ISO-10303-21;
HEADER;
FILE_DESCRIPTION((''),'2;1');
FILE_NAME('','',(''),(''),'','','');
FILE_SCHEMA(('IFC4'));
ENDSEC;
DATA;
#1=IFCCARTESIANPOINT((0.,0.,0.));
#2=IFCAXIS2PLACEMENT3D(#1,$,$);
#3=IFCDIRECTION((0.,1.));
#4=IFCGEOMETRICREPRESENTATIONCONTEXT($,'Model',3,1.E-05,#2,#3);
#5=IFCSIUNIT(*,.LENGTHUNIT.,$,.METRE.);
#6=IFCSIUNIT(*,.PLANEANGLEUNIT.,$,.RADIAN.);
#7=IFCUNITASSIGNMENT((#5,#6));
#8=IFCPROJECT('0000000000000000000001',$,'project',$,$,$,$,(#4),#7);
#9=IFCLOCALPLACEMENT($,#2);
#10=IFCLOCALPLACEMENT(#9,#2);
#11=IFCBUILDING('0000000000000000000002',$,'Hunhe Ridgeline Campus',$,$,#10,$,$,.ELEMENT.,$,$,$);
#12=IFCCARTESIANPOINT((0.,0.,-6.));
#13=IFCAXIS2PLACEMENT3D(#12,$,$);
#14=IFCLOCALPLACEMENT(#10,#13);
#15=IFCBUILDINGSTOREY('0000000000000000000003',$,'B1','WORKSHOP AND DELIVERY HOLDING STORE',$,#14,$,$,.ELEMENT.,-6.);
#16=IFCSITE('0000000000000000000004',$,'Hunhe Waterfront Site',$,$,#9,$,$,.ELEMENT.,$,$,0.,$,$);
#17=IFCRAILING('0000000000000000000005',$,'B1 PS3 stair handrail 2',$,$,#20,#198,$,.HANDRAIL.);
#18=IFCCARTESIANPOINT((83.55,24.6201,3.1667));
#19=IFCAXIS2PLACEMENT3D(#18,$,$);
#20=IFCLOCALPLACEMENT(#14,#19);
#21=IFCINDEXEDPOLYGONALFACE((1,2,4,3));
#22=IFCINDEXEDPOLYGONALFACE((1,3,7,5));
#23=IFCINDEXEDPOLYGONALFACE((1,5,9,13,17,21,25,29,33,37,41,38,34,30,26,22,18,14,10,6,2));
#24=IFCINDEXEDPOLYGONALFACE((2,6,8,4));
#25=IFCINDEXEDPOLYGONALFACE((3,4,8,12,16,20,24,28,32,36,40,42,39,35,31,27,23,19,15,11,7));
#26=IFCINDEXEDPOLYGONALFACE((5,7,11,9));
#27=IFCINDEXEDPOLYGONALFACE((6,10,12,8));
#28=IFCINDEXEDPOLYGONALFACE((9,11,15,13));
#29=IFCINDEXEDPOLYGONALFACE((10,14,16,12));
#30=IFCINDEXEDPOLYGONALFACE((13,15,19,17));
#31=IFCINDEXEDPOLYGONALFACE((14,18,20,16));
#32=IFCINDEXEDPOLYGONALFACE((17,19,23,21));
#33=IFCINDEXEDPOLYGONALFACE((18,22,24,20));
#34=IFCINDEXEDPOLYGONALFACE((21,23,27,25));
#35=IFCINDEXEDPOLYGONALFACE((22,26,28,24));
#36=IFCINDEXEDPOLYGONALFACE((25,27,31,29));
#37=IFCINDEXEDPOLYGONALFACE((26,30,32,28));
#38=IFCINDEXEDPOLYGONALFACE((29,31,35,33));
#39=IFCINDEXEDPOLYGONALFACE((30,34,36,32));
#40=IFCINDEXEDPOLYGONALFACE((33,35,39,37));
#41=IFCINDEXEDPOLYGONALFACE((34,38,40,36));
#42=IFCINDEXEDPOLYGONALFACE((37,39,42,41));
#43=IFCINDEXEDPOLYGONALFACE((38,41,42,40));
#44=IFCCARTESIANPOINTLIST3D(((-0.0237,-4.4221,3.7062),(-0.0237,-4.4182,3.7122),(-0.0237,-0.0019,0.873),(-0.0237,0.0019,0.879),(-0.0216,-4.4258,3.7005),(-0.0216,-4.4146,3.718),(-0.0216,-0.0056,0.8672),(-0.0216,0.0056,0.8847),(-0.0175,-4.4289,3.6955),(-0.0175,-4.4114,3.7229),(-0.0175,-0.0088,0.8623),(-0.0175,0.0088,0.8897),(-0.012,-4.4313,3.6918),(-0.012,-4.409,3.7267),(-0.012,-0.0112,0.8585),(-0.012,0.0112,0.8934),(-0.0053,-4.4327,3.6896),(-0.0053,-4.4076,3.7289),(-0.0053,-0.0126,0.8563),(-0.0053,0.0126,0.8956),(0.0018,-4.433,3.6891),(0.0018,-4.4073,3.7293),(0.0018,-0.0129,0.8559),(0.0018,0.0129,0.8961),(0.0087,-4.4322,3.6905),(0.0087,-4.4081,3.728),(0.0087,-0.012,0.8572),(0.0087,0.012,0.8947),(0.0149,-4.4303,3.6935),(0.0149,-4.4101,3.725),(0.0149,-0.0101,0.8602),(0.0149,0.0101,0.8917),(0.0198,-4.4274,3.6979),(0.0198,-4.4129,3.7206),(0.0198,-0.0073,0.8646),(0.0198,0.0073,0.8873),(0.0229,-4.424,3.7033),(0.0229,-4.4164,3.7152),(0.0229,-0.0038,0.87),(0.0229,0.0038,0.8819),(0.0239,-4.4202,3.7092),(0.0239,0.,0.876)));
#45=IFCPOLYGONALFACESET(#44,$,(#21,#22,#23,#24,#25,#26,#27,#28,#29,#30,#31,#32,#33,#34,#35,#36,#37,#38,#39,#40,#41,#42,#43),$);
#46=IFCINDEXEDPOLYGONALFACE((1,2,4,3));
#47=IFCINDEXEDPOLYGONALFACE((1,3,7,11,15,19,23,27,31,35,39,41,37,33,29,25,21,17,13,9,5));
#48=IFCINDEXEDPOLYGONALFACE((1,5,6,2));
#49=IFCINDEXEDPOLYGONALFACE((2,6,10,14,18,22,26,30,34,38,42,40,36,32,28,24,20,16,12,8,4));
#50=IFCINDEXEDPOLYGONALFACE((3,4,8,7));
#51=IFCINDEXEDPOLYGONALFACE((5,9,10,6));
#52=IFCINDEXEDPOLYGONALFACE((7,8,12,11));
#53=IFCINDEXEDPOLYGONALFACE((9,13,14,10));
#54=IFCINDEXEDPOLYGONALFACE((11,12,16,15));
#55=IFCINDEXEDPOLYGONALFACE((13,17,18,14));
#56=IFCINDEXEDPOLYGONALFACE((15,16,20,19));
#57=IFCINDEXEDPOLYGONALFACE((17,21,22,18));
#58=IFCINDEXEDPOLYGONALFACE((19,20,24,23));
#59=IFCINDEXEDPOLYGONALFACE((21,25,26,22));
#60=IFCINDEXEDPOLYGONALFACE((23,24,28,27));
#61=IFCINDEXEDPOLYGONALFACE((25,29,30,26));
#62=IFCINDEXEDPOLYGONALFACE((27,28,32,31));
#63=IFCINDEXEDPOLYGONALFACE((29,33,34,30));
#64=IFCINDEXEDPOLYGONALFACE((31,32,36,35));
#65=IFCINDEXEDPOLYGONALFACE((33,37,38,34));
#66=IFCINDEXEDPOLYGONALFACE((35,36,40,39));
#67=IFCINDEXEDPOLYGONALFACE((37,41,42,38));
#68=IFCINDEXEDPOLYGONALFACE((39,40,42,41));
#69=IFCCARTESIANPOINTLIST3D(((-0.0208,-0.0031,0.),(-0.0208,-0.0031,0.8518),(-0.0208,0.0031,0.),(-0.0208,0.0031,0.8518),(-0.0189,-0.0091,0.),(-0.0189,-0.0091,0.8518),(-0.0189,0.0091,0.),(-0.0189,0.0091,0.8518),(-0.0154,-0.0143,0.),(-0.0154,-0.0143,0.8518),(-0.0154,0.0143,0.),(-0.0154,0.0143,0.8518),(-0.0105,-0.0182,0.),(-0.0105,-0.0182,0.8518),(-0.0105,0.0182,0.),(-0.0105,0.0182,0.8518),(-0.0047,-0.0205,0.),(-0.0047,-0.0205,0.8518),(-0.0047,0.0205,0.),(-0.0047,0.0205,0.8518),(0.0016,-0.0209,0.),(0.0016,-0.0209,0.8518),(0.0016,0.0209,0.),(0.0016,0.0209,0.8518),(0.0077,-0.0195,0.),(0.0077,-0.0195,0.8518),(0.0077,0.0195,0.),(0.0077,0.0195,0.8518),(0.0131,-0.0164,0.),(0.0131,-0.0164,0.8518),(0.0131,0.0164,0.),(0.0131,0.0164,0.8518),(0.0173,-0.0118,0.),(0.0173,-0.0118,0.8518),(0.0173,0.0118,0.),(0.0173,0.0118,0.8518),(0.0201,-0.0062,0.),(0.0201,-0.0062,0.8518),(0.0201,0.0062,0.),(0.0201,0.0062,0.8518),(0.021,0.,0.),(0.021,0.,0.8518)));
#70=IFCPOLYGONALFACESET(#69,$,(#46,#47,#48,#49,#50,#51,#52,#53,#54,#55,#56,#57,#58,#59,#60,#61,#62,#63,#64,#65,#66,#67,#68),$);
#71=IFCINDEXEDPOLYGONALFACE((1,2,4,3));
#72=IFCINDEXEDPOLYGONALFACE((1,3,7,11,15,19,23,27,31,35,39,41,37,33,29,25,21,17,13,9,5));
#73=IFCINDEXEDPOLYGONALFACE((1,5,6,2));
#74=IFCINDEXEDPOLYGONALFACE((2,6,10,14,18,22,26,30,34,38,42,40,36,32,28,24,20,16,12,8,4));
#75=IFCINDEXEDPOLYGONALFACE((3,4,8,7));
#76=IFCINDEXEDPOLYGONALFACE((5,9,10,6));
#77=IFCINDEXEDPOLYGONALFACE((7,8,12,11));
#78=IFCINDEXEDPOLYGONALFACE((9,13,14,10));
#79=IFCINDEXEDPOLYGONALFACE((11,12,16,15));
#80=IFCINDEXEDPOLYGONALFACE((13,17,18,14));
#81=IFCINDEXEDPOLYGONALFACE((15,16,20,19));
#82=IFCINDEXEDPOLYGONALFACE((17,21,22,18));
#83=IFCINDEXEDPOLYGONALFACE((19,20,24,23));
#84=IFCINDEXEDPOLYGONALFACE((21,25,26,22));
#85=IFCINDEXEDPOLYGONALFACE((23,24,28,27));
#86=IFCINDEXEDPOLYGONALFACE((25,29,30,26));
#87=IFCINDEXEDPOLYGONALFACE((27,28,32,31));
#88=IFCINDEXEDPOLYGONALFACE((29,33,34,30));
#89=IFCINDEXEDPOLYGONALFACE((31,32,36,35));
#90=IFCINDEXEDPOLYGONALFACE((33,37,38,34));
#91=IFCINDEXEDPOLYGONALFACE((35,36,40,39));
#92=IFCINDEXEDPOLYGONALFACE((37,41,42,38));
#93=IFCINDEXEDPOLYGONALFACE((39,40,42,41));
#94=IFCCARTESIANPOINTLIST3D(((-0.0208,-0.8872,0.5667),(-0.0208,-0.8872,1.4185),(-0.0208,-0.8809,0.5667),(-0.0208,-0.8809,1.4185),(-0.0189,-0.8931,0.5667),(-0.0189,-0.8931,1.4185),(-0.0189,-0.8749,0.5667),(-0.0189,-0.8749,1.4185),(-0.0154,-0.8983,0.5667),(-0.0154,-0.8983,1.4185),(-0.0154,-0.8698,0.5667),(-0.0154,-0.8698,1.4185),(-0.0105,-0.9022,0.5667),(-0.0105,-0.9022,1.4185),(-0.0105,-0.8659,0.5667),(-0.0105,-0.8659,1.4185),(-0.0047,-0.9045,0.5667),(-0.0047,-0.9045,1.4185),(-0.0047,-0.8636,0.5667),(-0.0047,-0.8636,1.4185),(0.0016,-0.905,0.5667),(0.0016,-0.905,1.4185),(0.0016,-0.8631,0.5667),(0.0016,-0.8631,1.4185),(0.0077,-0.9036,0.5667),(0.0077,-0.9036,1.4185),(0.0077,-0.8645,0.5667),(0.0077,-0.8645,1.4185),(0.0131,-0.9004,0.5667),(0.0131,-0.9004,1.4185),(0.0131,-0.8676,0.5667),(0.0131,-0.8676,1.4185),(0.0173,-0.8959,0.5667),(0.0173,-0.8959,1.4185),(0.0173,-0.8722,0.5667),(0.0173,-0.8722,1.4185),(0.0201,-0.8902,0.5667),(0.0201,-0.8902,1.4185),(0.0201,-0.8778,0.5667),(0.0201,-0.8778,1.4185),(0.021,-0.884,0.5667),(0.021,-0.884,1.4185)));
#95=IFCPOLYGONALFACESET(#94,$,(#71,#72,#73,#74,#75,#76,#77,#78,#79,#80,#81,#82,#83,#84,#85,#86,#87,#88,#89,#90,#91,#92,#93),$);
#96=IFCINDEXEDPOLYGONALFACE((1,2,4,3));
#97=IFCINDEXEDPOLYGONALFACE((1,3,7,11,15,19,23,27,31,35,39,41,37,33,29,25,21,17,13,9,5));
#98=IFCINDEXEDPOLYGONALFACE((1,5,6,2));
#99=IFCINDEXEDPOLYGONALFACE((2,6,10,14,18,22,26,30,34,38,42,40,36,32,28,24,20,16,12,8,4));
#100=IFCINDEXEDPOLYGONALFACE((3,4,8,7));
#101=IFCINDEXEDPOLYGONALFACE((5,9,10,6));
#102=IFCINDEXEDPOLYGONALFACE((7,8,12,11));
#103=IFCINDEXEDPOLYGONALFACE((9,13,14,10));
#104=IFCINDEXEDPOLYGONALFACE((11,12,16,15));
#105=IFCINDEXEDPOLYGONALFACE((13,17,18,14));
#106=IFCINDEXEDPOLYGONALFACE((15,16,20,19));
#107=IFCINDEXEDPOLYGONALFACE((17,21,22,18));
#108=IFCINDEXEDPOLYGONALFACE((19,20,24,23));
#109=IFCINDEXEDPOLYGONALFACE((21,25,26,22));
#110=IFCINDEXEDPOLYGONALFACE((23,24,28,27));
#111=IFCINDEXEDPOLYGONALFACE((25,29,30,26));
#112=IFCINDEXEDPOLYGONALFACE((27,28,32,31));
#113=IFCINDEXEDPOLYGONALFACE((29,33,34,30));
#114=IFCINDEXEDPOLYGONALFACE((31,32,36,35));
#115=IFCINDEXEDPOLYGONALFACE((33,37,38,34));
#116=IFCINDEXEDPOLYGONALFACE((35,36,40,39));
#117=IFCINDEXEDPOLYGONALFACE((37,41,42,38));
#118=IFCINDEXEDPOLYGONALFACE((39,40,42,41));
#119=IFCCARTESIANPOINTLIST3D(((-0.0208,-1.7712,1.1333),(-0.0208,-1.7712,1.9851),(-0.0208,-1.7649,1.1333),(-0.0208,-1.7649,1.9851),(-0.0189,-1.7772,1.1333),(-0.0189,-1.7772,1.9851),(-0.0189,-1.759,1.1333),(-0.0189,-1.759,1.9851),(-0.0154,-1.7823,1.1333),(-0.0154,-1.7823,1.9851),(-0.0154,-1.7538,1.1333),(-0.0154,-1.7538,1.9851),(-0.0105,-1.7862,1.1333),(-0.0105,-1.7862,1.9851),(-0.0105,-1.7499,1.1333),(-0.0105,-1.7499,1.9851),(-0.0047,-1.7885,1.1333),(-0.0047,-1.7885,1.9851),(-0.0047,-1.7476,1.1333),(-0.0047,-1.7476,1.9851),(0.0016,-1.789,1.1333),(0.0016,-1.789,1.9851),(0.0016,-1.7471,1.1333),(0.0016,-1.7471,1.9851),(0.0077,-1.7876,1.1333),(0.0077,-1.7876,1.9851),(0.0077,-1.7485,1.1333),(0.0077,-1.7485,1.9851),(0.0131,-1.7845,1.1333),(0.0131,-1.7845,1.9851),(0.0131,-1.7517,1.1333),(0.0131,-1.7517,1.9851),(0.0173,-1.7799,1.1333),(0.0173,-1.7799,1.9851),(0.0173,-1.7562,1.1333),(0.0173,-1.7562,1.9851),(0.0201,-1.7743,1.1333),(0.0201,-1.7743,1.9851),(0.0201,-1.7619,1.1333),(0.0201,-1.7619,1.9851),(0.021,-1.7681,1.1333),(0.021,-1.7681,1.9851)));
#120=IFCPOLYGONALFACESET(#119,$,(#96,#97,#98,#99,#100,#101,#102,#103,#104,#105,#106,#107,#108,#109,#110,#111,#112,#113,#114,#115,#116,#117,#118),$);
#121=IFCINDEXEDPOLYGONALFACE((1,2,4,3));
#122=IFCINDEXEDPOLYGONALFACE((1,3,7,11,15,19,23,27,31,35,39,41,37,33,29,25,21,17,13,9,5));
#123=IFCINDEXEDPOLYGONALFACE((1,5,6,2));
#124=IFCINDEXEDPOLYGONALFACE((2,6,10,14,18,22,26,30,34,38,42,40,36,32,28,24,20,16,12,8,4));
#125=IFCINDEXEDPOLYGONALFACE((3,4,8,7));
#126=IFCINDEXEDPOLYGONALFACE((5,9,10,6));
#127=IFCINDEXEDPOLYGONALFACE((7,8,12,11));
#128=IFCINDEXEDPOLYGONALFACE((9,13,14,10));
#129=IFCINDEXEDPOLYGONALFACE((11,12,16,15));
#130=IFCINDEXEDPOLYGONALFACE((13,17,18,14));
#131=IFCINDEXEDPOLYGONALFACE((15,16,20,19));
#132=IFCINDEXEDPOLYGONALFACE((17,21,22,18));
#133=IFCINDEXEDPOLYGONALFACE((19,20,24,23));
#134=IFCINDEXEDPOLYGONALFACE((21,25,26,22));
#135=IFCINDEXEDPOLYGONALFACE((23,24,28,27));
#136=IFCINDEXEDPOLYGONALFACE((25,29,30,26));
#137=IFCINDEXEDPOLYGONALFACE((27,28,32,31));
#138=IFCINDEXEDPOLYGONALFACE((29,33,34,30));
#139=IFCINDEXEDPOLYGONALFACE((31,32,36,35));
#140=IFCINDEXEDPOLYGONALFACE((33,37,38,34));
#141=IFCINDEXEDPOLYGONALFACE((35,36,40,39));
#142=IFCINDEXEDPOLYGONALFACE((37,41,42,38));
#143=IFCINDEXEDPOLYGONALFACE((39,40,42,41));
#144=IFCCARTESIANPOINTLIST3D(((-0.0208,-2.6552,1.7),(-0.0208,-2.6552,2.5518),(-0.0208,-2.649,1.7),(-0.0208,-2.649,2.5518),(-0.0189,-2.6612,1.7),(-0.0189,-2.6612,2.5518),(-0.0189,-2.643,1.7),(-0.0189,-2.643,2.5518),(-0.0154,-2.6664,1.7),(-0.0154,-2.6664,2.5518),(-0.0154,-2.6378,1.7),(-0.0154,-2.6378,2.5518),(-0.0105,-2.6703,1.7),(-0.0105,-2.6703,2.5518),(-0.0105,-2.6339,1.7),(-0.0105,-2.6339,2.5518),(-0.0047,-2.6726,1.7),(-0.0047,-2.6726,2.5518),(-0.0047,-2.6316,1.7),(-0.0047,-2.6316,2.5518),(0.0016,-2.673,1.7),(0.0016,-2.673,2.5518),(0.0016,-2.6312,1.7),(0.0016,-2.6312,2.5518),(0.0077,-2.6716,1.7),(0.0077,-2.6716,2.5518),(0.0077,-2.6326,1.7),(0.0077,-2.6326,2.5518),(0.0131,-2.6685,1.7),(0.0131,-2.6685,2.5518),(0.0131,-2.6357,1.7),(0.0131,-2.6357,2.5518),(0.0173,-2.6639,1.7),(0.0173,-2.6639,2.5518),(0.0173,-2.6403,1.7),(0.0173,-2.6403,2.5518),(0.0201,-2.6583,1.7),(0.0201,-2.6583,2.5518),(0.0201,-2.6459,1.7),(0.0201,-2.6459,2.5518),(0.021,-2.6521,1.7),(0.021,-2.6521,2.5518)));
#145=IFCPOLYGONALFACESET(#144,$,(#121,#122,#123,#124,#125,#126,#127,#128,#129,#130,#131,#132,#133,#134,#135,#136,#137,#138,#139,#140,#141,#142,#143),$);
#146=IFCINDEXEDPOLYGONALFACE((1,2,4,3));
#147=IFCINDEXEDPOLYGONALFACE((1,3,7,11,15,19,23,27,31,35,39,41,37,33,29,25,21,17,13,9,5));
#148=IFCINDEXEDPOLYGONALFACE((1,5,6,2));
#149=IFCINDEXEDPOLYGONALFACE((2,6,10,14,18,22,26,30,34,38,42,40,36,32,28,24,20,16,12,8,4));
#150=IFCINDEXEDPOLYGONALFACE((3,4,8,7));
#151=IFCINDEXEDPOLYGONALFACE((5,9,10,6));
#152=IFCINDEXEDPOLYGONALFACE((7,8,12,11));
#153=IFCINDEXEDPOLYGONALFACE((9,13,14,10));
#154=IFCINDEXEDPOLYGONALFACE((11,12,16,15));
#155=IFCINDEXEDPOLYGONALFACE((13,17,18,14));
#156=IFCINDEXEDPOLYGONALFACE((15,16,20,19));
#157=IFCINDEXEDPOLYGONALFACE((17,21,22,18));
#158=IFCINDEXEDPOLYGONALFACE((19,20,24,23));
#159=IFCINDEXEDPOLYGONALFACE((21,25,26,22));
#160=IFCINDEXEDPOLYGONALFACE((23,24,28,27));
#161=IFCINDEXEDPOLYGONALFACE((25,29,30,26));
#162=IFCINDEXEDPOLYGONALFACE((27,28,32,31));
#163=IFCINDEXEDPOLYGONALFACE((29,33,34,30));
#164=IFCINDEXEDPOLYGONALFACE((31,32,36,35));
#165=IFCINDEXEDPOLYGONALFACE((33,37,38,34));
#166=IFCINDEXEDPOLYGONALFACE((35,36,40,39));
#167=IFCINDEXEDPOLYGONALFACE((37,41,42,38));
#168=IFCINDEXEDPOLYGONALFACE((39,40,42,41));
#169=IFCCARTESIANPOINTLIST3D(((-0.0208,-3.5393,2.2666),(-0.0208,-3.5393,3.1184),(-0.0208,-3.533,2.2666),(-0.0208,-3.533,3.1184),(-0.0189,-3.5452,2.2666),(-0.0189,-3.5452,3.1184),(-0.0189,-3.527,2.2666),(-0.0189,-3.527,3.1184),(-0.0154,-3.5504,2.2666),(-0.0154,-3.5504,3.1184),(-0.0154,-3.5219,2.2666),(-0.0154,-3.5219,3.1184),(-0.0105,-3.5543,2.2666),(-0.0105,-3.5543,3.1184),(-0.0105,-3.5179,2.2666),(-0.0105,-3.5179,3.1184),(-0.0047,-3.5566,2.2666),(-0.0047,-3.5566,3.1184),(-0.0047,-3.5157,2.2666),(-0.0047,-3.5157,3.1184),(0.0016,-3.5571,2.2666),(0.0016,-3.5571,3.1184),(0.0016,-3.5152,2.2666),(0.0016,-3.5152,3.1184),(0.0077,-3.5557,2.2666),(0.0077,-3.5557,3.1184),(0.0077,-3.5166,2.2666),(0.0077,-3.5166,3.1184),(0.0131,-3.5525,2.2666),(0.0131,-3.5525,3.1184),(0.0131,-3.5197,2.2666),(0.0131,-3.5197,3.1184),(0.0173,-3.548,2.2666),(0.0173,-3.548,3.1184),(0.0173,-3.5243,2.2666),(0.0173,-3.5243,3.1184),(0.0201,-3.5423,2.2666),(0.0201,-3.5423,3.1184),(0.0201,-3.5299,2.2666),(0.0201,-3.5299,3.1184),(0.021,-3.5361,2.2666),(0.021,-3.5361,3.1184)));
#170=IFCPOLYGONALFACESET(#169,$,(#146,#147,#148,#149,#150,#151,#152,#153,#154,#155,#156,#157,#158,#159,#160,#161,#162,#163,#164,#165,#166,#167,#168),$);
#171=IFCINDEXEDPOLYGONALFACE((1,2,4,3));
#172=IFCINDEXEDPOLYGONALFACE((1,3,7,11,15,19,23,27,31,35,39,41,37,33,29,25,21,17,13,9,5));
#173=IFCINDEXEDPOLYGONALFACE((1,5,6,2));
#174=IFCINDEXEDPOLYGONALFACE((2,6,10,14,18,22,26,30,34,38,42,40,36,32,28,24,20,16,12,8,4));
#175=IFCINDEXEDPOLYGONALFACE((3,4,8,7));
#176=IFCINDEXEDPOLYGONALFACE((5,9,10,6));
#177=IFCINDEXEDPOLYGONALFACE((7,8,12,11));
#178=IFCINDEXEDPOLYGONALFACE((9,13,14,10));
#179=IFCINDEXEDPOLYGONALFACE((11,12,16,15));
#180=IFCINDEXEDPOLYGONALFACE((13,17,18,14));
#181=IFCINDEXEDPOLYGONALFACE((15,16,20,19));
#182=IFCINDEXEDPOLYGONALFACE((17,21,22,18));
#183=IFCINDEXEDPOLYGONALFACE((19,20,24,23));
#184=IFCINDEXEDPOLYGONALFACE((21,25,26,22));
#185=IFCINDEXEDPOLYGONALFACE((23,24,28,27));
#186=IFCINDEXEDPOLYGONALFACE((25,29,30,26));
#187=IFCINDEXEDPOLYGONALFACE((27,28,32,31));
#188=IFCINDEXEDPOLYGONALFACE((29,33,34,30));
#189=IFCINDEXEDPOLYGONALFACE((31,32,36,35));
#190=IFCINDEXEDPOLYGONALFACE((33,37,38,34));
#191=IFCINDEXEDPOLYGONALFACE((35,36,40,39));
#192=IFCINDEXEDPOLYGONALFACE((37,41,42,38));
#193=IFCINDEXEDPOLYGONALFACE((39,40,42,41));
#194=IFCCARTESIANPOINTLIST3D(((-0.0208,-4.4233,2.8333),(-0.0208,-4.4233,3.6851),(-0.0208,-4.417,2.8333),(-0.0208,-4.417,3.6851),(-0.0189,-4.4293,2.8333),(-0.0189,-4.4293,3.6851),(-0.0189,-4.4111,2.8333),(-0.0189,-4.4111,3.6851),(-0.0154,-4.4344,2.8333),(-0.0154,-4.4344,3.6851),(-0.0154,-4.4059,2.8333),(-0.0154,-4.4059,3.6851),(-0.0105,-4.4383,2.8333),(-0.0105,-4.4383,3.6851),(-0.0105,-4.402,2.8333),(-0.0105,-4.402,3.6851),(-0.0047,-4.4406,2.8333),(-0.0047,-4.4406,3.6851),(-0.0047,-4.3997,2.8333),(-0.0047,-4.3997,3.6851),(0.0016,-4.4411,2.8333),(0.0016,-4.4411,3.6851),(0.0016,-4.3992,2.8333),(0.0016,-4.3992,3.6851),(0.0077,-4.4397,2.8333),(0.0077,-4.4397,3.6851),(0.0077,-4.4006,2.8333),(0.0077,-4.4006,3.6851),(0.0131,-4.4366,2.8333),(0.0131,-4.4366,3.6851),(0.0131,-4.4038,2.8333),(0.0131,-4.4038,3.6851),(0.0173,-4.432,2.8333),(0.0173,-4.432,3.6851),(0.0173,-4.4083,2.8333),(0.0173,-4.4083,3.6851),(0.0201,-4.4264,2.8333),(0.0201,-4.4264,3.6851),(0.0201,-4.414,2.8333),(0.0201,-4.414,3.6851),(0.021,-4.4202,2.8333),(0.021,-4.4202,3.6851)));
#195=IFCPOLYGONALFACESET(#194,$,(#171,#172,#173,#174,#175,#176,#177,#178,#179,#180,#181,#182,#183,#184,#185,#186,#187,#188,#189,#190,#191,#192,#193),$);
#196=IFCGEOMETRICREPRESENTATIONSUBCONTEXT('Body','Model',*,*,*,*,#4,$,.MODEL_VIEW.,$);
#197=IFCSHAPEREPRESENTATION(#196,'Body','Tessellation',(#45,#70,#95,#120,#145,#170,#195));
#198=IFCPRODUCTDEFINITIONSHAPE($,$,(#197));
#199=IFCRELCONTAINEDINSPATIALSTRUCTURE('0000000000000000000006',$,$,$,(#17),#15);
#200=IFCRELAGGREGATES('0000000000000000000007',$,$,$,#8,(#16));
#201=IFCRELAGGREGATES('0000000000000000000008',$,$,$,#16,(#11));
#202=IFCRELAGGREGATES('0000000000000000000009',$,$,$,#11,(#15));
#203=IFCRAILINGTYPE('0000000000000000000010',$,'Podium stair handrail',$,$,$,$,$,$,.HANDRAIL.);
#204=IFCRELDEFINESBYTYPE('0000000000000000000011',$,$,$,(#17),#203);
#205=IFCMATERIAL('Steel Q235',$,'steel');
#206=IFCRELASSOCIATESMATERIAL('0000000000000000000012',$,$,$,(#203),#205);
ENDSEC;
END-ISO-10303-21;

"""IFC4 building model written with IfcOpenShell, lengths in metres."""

from ifc_helpers import new_model, si_unit, direction, frame, origin, origin_2d, place, context, subcontext, project, spatial, circle, extrude, material, type_object, element, save


model = new_model("IFC4")

# Units and contexts
model_context = context("Model", 3, precision=1e-05, world=origin(), true_north=direction((0.0, 1.0)))
body_context = subcontext(model_context, "Body", "Model", "MODEL_VIEW")
ifc_project = project(units=[si_unit("LENGTHUNIT", "METRE"), si_unit("PLANEANGLEUNIT", "RADIAN")], contexts=[model_context])

# Site, building, storey
site_placement = place(None, origin())
site = spatial("IfcSite", under=ifc_project, at=site_placement, Name="Hunhe Waterfront Site", CompositionType="ELEMENT", RefElevation=0.0)
building_placement = place(site_placement, origin())
building = spatial("IfcBuilding", under=site, at=building_placement, Name="Hunhe Ridgeline Campus", CompositionType="ELEMENT")
storey_placement = place(building_placement, frame((0.0, 0.0, -6.0)))
storey = spatial("IfcBuildingStorey", under=building, at=storey_placement, Name="B1", Description="WORKSHOP AND DELIVERY HOLDING STORE", CompositionType="ELEMENT", Elevation=-6.0)

# Shared definitions
ifc_material_1 = material(Name="Steel Q235", Category="steel")

# Railing
railing_type_1 = type_object("IfcRailingType", Name="Podium stair handrail", PredefinedType="HANDRAIL", material=ifc_material_1)
railing_1_placement = place(storey_placement, frame((83.55, 24.6201, 3.1667)))
element("IfcRailing", 1, at=railing_1_placement, inside=storey, type_object=railing_type_1, Name="B1 PS3 stair handrail 2", PredefinedType="HANDRAIL", context=body_context, shape_type="SweptSolid", body=[
    extrude(circle(Radius=0.0239, at=origin_2d()), frame((0.0, 0.0, 0.876), z_axis=(0.0, -0.841895, 0.539641), x_axis=(1.0, 0.0, 0.0)), (0.0, 0.0, 1.0), 5.2502),
    extrude(circle(Radius=0.021, at=origin_2d()), origin(), (0.0, 0.0, 1.0), 0.8518),
    extrude(circle(Radius=0.021, at=origin_2d()), frame((0.0, -0.884, 0.5667)), (0.0, 0.0, 1.0), 0.8518),
    extrude(circle(Radius=0.021, at=origin_2d()), frame((0.0, -1.7681, 1.1333)), (0.0, 0.0, 1.0), 0.8518),
    extrude(circle(Radius=0.021, at=origin_2d()), frame((0.0, -2.6521, 1.7)), (0.0, 0.0, 1.0), 0.8518),
    extrude(circle(Radius=0.021, at=origin_2d()), frame((0.0, -3.5361, 2.2666)), (0.0, 0.0, 1.0), 0.8518),
    extrude(circle(Radius=0.021, at=origin_2d()), frame((0.0, -4.4202, 2.8333)), (0.0, 0.0, 1.0), 0.8518),
])

save(model, "model.ifc")
